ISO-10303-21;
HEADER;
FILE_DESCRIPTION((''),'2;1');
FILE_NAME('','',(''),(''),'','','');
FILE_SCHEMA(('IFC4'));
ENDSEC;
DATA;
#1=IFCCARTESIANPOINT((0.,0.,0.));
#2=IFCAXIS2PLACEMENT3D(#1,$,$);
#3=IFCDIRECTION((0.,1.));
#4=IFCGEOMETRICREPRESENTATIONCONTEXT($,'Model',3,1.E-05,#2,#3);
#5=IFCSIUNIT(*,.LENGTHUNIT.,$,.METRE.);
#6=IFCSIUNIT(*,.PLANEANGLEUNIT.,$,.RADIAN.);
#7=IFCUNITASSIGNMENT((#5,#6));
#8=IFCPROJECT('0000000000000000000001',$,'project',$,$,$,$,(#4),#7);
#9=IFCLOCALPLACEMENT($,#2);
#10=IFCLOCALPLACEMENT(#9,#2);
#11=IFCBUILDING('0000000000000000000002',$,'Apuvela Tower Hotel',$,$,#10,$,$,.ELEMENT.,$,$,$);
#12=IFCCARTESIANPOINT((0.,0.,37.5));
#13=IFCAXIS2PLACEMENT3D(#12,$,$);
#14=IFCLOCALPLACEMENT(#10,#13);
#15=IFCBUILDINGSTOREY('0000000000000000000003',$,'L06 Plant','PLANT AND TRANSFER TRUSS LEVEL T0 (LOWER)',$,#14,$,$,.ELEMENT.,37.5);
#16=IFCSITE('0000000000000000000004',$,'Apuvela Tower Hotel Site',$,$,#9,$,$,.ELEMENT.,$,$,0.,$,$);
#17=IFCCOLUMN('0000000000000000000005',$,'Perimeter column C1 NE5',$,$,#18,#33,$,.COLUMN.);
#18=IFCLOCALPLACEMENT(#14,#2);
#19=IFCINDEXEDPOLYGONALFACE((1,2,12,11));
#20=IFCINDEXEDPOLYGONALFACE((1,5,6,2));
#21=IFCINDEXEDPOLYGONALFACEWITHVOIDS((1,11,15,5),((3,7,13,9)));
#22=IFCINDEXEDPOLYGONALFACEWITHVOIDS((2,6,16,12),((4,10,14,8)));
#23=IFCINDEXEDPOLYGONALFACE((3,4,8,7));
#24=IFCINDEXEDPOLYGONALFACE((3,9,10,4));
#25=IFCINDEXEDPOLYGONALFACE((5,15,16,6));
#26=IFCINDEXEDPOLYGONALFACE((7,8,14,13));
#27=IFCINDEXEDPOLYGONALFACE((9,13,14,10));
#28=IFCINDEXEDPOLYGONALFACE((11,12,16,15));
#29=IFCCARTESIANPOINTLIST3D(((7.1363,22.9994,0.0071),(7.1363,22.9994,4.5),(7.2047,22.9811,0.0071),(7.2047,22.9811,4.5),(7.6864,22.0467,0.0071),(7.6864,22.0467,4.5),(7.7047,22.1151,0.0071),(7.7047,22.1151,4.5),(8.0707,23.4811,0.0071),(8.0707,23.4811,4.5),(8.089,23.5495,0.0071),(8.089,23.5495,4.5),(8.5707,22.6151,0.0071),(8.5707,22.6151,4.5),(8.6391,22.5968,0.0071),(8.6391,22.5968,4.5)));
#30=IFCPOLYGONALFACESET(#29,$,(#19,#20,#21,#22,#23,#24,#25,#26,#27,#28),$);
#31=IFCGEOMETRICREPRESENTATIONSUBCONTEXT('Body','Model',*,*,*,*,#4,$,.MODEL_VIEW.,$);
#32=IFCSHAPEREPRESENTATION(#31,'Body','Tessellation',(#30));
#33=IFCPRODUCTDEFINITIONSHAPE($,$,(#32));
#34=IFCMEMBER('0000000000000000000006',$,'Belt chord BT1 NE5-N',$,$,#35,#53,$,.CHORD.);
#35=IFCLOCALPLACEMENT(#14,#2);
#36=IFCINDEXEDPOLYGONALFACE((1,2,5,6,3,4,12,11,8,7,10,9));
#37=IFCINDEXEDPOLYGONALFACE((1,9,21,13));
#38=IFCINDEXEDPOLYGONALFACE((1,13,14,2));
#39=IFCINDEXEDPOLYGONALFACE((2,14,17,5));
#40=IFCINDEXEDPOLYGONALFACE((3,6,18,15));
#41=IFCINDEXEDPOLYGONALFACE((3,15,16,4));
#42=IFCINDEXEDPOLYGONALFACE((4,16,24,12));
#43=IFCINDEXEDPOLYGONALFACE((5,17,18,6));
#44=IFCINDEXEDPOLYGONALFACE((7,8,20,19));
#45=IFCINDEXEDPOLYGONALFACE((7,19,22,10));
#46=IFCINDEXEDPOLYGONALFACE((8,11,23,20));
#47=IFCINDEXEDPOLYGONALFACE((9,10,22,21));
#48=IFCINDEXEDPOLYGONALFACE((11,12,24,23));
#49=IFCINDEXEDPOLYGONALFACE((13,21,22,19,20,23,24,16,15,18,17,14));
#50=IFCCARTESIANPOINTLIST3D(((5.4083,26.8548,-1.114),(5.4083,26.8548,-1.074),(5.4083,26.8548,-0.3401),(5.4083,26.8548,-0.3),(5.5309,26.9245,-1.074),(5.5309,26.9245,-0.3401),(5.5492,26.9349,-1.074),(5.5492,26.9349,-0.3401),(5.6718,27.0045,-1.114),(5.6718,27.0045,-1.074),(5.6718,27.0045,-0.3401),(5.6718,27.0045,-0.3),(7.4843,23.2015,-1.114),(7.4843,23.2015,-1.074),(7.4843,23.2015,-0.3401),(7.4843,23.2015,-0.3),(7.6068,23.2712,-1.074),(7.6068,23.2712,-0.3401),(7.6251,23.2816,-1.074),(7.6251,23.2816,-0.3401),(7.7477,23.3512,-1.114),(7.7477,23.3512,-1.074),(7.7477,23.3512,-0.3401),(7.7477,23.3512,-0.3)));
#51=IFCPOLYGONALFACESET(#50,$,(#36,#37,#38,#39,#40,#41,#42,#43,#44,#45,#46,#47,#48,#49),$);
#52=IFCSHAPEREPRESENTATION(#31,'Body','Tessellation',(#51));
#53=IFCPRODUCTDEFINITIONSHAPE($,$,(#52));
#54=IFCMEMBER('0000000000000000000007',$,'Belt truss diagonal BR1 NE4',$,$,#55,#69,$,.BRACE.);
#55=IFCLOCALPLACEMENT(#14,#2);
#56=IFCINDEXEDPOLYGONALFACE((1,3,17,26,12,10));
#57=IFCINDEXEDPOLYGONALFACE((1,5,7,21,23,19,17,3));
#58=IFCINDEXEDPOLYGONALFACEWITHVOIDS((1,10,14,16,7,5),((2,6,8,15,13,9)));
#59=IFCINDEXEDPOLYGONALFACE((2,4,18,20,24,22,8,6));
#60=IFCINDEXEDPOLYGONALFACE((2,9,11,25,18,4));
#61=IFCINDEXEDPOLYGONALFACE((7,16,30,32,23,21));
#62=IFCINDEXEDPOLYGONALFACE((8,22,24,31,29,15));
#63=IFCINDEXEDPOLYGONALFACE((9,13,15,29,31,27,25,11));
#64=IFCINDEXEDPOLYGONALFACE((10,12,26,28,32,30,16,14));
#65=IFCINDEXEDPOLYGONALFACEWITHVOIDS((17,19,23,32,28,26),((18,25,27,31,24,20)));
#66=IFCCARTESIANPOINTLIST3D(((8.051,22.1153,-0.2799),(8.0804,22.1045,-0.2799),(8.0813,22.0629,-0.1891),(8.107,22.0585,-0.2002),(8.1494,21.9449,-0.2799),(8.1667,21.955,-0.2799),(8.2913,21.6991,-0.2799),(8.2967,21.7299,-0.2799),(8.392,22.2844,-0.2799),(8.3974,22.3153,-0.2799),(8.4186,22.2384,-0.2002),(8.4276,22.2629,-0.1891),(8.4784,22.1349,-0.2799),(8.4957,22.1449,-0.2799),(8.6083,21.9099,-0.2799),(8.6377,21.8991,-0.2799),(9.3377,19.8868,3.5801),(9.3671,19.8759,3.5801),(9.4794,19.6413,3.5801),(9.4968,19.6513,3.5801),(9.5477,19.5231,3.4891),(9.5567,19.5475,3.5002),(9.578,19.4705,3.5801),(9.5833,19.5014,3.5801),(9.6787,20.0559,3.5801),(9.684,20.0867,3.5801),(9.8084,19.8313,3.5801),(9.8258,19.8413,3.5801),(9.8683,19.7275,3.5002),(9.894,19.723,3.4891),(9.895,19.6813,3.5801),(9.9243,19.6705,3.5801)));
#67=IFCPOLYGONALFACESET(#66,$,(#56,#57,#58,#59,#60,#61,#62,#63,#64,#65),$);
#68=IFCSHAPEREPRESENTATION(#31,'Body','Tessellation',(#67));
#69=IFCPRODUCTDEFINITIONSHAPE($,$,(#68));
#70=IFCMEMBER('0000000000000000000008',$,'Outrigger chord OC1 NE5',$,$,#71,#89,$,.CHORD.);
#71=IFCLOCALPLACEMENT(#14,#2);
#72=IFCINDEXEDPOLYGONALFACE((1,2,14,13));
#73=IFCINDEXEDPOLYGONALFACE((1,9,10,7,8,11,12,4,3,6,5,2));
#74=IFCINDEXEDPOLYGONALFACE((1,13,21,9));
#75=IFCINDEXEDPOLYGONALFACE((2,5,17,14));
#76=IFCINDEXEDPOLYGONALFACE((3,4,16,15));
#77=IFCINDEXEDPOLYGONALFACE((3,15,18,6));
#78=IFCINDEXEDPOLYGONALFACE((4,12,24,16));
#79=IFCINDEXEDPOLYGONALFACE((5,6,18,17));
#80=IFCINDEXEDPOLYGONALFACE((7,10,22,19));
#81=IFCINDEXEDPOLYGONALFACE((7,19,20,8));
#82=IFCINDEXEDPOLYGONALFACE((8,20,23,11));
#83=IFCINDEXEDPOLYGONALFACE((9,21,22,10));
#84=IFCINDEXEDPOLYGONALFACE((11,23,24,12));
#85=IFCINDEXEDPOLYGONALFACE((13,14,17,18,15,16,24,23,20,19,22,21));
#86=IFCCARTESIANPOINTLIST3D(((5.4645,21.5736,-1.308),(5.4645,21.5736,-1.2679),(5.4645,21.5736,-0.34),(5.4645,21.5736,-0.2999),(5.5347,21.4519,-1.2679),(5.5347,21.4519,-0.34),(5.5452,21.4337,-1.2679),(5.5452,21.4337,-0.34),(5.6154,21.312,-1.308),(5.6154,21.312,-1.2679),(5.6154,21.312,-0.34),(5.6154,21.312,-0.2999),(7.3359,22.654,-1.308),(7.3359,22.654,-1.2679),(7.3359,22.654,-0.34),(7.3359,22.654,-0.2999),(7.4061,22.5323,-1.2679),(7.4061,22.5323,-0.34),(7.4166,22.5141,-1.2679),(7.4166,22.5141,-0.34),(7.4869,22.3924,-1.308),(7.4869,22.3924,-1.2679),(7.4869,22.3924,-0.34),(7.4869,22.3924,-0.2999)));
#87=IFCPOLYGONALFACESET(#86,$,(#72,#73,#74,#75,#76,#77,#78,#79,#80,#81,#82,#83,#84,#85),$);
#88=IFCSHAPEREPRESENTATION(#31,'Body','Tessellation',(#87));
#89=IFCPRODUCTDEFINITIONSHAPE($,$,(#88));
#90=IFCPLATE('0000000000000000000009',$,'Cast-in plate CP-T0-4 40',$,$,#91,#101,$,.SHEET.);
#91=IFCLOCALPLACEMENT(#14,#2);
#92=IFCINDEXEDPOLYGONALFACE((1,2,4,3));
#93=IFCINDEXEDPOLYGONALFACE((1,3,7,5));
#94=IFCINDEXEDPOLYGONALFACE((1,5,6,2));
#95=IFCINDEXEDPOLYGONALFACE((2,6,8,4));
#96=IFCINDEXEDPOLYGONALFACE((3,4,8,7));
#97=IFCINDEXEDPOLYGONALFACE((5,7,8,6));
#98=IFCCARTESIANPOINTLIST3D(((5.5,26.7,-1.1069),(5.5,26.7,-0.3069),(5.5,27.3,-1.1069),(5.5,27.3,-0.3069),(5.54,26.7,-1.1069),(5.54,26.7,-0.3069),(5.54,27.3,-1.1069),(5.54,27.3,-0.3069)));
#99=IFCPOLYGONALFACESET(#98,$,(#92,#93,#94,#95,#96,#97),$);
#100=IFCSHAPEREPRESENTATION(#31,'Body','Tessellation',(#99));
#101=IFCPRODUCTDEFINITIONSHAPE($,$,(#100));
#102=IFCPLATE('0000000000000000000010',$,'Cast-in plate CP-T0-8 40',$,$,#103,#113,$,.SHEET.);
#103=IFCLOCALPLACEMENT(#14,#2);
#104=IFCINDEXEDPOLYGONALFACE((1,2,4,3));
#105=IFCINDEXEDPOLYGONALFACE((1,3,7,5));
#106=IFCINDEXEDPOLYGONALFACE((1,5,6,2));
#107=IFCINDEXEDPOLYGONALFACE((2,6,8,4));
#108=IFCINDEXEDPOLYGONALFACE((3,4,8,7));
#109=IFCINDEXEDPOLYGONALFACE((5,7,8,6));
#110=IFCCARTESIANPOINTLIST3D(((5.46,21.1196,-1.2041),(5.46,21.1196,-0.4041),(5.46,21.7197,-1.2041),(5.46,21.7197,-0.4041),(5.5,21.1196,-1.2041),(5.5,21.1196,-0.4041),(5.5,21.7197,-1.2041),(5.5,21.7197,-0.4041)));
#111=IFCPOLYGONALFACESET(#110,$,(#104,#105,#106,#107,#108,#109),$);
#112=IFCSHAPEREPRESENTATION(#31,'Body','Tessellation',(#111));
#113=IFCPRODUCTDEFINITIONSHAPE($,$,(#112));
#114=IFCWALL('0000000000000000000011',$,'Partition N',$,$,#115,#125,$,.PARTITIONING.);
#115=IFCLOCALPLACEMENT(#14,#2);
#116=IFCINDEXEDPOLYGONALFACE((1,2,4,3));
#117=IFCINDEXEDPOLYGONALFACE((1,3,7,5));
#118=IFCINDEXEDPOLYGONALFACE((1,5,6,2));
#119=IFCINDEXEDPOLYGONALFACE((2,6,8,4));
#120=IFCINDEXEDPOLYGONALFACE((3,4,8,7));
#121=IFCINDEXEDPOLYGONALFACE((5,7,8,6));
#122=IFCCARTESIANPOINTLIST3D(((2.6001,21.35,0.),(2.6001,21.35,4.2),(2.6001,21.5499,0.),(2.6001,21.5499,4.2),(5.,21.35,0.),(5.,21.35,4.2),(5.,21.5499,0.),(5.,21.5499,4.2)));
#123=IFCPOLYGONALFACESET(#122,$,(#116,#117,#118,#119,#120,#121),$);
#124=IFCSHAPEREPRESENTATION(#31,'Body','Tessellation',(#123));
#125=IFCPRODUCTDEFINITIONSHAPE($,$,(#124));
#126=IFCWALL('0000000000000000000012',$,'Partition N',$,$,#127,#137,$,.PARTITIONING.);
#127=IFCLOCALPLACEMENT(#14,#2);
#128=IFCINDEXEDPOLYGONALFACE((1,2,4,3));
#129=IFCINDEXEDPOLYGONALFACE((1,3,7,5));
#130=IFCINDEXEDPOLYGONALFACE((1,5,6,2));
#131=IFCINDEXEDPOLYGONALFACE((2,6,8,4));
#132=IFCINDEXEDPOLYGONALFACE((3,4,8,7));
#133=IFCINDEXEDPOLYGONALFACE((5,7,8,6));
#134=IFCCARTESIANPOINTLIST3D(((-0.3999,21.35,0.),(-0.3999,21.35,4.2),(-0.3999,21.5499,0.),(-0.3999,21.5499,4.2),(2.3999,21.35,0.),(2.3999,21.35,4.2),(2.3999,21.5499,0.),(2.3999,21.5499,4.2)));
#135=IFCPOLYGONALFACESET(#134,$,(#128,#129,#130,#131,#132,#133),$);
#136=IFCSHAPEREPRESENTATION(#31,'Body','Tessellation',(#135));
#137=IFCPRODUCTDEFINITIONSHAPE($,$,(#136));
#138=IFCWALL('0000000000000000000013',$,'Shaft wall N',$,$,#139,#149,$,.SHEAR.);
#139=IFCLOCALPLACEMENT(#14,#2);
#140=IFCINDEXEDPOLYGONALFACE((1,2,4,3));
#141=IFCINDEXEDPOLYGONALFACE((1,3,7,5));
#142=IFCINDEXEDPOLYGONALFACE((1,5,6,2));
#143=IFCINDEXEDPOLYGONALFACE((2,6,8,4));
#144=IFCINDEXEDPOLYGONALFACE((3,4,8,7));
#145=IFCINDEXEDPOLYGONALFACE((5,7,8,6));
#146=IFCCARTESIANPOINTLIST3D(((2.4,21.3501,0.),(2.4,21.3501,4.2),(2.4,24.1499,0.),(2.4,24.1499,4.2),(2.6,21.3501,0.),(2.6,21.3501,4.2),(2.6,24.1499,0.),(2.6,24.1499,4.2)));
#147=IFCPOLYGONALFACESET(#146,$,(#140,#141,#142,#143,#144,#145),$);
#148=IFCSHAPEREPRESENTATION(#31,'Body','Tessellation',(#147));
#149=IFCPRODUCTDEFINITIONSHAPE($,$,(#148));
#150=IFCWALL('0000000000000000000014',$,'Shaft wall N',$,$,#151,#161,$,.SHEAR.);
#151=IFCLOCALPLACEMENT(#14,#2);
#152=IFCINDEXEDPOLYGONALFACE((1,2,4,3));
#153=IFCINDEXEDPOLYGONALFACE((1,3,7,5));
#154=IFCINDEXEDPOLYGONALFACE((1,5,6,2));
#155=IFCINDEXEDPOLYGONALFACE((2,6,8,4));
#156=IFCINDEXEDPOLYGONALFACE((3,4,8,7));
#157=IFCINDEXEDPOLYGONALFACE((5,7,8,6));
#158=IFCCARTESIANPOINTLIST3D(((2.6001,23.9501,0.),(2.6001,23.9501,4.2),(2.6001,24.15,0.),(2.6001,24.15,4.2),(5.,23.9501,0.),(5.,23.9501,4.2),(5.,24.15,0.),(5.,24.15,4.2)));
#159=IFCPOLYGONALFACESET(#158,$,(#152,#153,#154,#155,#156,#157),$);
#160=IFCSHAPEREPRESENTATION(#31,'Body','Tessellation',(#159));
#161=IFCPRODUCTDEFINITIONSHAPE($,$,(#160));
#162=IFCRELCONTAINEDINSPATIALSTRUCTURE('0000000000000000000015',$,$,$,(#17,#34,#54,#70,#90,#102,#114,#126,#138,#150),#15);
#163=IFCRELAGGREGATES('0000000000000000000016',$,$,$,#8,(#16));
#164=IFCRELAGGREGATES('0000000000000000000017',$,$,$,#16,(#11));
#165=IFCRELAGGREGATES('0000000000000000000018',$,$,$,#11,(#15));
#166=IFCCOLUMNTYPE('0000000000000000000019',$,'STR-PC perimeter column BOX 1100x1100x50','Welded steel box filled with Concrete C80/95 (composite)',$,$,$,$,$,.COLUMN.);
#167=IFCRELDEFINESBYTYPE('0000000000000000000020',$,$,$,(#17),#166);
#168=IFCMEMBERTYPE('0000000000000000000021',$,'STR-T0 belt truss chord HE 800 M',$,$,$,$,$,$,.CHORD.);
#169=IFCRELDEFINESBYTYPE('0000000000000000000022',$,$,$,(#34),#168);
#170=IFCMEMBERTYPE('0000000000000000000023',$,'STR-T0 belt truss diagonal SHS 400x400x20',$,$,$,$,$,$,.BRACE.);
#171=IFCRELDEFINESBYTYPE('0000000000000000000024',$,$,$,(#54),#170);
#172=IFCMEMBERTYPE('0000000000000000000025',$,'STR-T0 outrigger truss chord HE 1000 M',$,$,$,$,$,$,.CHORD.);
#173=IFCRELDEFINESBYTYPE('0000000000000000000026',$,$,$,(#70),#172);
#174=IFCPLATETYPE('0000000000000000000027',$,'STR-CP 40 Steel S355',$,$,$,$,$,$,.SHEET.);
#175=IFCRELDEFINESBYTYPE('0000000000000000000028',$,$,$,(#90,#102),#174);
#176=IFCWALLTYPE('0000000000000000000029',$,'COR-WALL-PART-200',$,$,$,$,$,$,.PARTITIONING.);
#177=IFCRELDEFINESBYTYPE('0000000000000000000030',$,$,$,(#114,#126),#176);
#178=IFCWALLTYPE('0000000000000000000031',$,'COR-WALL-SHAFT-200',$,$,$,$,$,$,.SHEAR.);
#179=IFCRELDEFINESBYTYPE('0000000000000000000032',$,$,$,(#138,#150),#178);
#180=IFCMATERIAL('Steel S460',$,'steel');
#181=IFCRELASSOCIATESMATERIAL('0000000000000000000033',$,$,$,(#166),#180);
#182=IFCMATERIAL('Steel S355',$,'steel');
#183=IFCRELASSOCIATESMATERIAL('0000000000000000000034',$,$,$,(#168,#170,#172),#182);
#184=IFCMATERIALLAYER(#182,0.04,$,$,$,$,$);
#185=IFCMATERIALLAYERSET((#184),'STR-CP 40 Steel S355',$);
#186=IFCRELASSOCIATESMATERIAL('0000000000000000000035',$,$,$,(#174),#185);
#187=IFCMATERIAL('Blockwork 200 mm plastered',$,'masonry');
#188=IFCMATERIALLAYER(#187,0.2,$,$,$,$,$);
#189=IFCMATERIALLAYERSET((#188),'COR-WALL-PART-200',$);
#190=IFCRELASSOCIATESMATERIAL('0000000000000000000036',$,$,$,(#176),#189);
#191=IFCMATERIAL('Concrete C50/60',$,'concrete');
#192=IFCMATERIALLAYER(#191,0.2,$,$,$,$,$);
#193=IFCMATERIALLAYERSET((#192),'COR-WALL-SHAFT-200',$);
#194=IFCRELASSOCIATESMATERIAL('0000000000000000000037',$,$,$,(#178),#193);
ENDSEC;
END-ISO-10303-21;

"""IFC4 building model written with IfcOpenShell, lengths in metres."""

from ifc_helpers import new_model, si_unit, direction, frame, frame_2d, origin, origin_2d, place, context, subcontext, project, spatial, rectangle, hollow_rectangle, i_section, extrude, boolean, halfspace, material, layer, layer_set, material_profile, profile_set, type_object, element, save


model = new_model("IFC4")

# Units and contexts
model_context = context("Model", 3, precision=1e-05, world=origin(), true_north=direction((0.0, 1.0)))
body_context = subcontext(model_context, "Body", "Model", "MODEL_VIEW")
ifc_project = project(units=[si_unit("LENGTHUNIT", "METRE"), si_unit("PLANEANGLEUNIT", "RADIAN")], contexts=[model_context])

# Site, building, storey
site_placement = place(None, origin())
site = spatial("IfcSite", under=ifc_project, at=site_placement, Name="Apuvela Tower Hotel Site", CompositionType="ELEMENT", RefElevation=0.0)
building_placement = place(site_placement, origin())
building = spatial("IfcBuilding", under=site, at=building_placement, Name="Apuvela Tower Hotel", CompositionType="ELEMENT")
storey_placement = place(building_placement, frame((0.0, 0.0, 37.5)))
storey = spatial("IfcBuildingStorey", under=building, at=storey_placement, Name="L06 Plant", Description="PLANT AND TRANSFER TRUSS LEVEL T0 (LOWER)", CompositionType="ELEMENT", Elevation=37.5)

# Column
ifc_material_1 = material(Name="Steel S460", Category="steel")
ifc_material_profile_1 = material_profile(ifc_material_1, hollow_rectangle(XDim=1.1001, YDim=1.1001, WallThickness=0.05, at=origin_2d()), Name="BOX 1100x1100x50")
ifc_material_2 = material(Name="Concrete C80/95", Category="concrete")
ifc_material_profile_2 = material_profile(ifc_material_2, rectangle(XDim=1.0, YDim=1.0, at=origin_2d()), Name="Concrete C80/95 infill")
ifc_profile_set_1 = profile_set([ifc_material_profile_1, ifc_material_profile_2], Name="Steel S460")
column_type = type_object("IfcColumnType", Name="STR-PC perimeter column BOX 1100x1100x50", Description="Welded steel box filled with Concrete C80/95 (composite)", PredefinedType="COLUMN", material=ifc_profile_set_1)
column_placement = place(storey_placement, frame((7.8877, 22.7981, 0.0), z_axis=(0.0, 0.0, 1.0), x_axis=(-0.5, 0.866025, 0.0)))
element("IfcColumn", 1, at=column_placement, inside=storey, type_object=column_type, Name="Perimeter column C1 NE5", PredefinedType="COLUMN", context=body_context, shape_type="SweptSolid", body=[
    boolean("DIFFERENCE", extrude(hollow_rectangle(XDim=1.1001, YDim=1.1001, WallThickness=0.05, at=origin_2d()), origin(), (0.0, 0.0, 1.0), 4.5), halfspace(frame((0.0, 0.0, 0.0071), z_axis=(0.0, 0.0, 1.0), x_axis=(1.0, 0.0, 0.0)), True)),
])

# Members
ifc_material_3 = material(Name="Steel S355", Category="steel")
ifc_material_profile_3 = material_profile(ifc_material_3, i_section(OverallWidth=0.303, OverallDepth=0.814, WebThickness=0.021, FlangeThickness=0.04, at=origin_2d()), Name="HE 800 M")
ifc_profile_set_2 = profile_set([ifc_material_profile_3], Name="Steel S355")
member_type_1 = type_object("IfcMemberType", Name="STR-T0 belt truss chord HE 800 M", PredefinedType="CHORD", material=ifc_profile_set_2)
member_1_placement = place(storey_placement, frame((7.616, 23.2764, -0.707), z_axis=(-0.494041, 0.869438, 0.0), x_axis=(-0.869438, -0.494041, 0.0)))
element("IfcMember", 2, at=member_1_placement, inside=storey, type_object=member_type_1, Name="Belt chord BT1 NE5-N", PredefinedType="CHORD", context=body_context, shape_type="SweptSolid", body=[
    extrude(i_section(OverallWidth=0.303, OverallDepth=0.814, WebThickness=0.021, FlangeThickness=0.04, at=origin_2d()), origin(), (0.0, 0.0, 1.0), 4.2019),
])
ifc_material_profile_4 = material_profile(ifc_material_3, hollow_rectangle(XDim=0.3999, YDim=0.3999, WallThickness=0.02, at=origin_2d()), Name="SHS 400x400x20")
ifc_profile_set_3 = profile_set([ifc_material_profile_4], Name="Steel S355")
member_type_2 = type_object("IfcMemberType", Name="STR-T0 belt truss diagonal SHS 400x400x20", PredefinedType="BRACE", material=ifc_profile_set_3)
member_2_placement = place(storey_placement, frame((8.3376, 22.0188, -0.3), z_axis=(0.277351, -0.480378, 0.832054), x_axis=(-0.416033, 0.720576, 0.554695)))
solid_1 = boolean("DIFFERENCE", boolean("DIFFERENCE", extrude(hollow_rectangle(XDim=0.3999, YDim=0.3999, WallThickness=0.02, at=origin_2d()), frame((0.0, 0.0, -0.2534)), (0.0, 0.0, 1.0), 5.1941), halfspace(frame((0.0, 0.0, 0.0242), z_axis=(0.554695, 0.0, 0.832054), x_axis=(0.832054, 0.0, -0.554695)), True)), halfspace(frame((0.0, 0.0, 4.6633), z_axis=(0.554695, 0.0, 0.832054), x_axis=(0.832054, 0.0, -0.554695)), False))
element("IfcMember", 3, at=member_2_placement, inside=storey, type_object=member_type_2, Name="Belt truss diagonal BR1 NE4", PredefinedType="BRACE", context=body_context, shape_type="SweptSolid", body=[
    boolean("UNION", boolean("DIFFERENCE", boolean("DIFFERENCE", extrude(hollow_rectangle(XDim=0.3999, YDim=0.3999, WallThickness=0.02, at=origin_2d()), origin(), (0.0, 0.0, 1.0), 4.6873), halfspace(frame((0.0, 0.0, 0.0242), z_axis=(0.554695, 0.0, 0.832054), x_axis=(0.832054, 0.0, -0.554695)), True)), halfspace(frame((0.0, 0.0, 4.6633), z_axis=(0.554695, 0.0, 0.832054), x_axis=(0.832054, 0.0, -0.554695)), False)), solid_1),
])
ifc_material_profile_5 = material_profile(ifc_material_3, i_section(OverallWidth=0.302, OverallDepth=1.0081, WebThickness=0.021, FlangeThickness=0.04, at=origin_2d()), Name="HE 1000 M")
ifc_profile_set_4 = profile_set([ifc_material_profile_5], Name="Steel S355")
member_type_3 = type_object("IfcMemberType", Name="STR-T0 outrigger truss chord HE 1000 M", PredefinedType="CHORD", material=ifc_profile_set_4)
member_3_placement = place(storey_placement, frame((7.4114, 22.5232, -0.804), z_axis=(-0.866044, -0.499967, 0.0), x_axis=(0.499967, -0.866044, 0.0)))
element("IfcMember", 4, at=member_3_placement, inside=storey, type_object=member_type_3, Name="Outrigger chord OC1 NE5", PredefinedType="CHORD", context=body_context, shape_type="SweptSolid", body=[
    extrude(i_section(OverallWidth=0.302, OverallDepth=1.0081, WebThickness=0.021, FlangeThickness=0.04, at=origin_2d()), origin(), (0.0, 0.0, 1.0), 2.1609),
])

# Plates
ifc_layer_1 = layer(ifc_material_3, 0.04)
ifc_layer_set_1 = layer_set([ifc_layer_1], Name="STR-CP 40 Steel S355")
plate_type = type_object("IfcPlateType", Name="STR-CP 40 Steel S355", PredefinedType="SHEET", material=ifc_layer_set_1)
for number, where, z_axis, x_axis, name in (
    (5, (5.52, 27.0, -1.1069), (0.0, 0.0, 1.0), (1.0, 0.0, 0.0), "Cast-in plate CP-T0-4 40"),
    (6, (5.48, 21.4197, -1.2041), (0.0, 0.0, 1.0), (-1.0, 0.0, 0.0), "Cast-in plate CP-T0-8 40"),
):
    element("IfcPlate", number, at=place(storey_placement, frame(where, z_axis=z_axis, x_axis=x_axis)), inside=storey, type_object=plate_type, Name=name, PredefinedType="SHEET", context=body_context, shape_type="SweptSolid", body=[
        extrude(rectangle(XDim=0.04, YDim=0.6001, at=origin_2d()), origin(), (0.0, 0.0, 1.0), 0.8),
    ])

# Walls
ifc_material_4 = material(Name="Blockwork 200 mm plastered", Category="masonry")
ifc_layer_2 = layer(ifc_material_4, 0.2)
ifc_layer_set_2 = layer_set([ifc_layer_2], Name="COR-WALL-PART-200")
wall_type_1 = type_object("IfcWallType", Name="COR-WALL-PART-200", PredefinedType="PARTITIONING", material=ifc_layer_set_2)
wall_1_placement = place(storey_placement, frame((5.0, 21.45, 0.0), z_axis=(0.0, 0.0, 1.0), x_axis=(-1.0, 0.0, 0.0)))
element("IfcWall", 7, at=wall_1_placement, inside=storey, type_object=wall_type_1, Name="Partition N", PredefinedType="PARTITIONING", context=body_context, shape_type="SweptSolid", body=[
    extrude(rectangle(XDim=2.3999, YDim=0.2, at=frame_2d((1.2, 0.0))), origin(), (0.0, 0.0, 1.0), 4.2),
])
wall_2_placement = place(storey_placement, frame((2.3999, 21.45, 0.0), z_axis=(0.0, 0.0, 1.0), x_axis=(-1.0, 0.0, 0.0)))
element("IfcWall", 8, at=wall_2_placement, inside=storey, type_object=wall_type_1, Name="Partition N", PredefinedType="PARTITIONING", context=body_context, shape_type="SweptSolid", body=[
    extrude(rectangle(XDim=2.7998, YDim=0.2, at=frame_2d((1.3999, 0.0))), origin(), (0.0, 0.0, 1.0), 4.2),
])
ifc_material_5 = material(Name="Concrete C50/60", Category="concrete")
ifc_layer_3 = layer(ifc_material_5, 0.2)
ifc_layer_set_3 = layer_set([ifc_layer_3], Name="COR-WALL-SHAFT-200")
wall_type_2 = type_object("IfcWallType", Name="COR-WALL-SHAFT-200", PredefinedType="SHEAR", material=ifc_layer_set_3)
wall_3_placement = place(storey_placement, frame((2.5, 21.3501, 0.0), z_axis=(0.0, 0.0, 1.0), x_axis=(0.0, 1.0, 0.0)))
element("IfcWall", 9, at=wall_3_placement, inside=storey, type_object=wall_type_2, Name="Shaft wall N", PredefinedType="SHEAR", context=body_context, shape_type="SweptSolid", body=[
    extrude(rectangle(XDim=2.7998, YDim=0.2, at=frame_2d((1.3999, 0.0))), origin(), (0.0, 0.0, 1.0), 4.2),
])
wall_4_placement = place(storey_placement, frame((5.0, 24.05, 0.0), z_axis=(0.0, 0.0, 1.0), x_axis=(-1.0, 0.0, 0.0)))
element("IfcWall", 10, at=wall_4_placement, inside=storey, type_object=wall_type_2, Name="Shaft wall N", PredefinedType="SHEAR", context=body_context, shape_type="SweptSolid", body=[
    extrude(rectangle(XDim=2.3999, YDim=0.2, at=frame_2d((1.2, 0.0))), origin(), (0.0, 0.0, 1.0), 4.2),
])

save(model, "model.ifc")
